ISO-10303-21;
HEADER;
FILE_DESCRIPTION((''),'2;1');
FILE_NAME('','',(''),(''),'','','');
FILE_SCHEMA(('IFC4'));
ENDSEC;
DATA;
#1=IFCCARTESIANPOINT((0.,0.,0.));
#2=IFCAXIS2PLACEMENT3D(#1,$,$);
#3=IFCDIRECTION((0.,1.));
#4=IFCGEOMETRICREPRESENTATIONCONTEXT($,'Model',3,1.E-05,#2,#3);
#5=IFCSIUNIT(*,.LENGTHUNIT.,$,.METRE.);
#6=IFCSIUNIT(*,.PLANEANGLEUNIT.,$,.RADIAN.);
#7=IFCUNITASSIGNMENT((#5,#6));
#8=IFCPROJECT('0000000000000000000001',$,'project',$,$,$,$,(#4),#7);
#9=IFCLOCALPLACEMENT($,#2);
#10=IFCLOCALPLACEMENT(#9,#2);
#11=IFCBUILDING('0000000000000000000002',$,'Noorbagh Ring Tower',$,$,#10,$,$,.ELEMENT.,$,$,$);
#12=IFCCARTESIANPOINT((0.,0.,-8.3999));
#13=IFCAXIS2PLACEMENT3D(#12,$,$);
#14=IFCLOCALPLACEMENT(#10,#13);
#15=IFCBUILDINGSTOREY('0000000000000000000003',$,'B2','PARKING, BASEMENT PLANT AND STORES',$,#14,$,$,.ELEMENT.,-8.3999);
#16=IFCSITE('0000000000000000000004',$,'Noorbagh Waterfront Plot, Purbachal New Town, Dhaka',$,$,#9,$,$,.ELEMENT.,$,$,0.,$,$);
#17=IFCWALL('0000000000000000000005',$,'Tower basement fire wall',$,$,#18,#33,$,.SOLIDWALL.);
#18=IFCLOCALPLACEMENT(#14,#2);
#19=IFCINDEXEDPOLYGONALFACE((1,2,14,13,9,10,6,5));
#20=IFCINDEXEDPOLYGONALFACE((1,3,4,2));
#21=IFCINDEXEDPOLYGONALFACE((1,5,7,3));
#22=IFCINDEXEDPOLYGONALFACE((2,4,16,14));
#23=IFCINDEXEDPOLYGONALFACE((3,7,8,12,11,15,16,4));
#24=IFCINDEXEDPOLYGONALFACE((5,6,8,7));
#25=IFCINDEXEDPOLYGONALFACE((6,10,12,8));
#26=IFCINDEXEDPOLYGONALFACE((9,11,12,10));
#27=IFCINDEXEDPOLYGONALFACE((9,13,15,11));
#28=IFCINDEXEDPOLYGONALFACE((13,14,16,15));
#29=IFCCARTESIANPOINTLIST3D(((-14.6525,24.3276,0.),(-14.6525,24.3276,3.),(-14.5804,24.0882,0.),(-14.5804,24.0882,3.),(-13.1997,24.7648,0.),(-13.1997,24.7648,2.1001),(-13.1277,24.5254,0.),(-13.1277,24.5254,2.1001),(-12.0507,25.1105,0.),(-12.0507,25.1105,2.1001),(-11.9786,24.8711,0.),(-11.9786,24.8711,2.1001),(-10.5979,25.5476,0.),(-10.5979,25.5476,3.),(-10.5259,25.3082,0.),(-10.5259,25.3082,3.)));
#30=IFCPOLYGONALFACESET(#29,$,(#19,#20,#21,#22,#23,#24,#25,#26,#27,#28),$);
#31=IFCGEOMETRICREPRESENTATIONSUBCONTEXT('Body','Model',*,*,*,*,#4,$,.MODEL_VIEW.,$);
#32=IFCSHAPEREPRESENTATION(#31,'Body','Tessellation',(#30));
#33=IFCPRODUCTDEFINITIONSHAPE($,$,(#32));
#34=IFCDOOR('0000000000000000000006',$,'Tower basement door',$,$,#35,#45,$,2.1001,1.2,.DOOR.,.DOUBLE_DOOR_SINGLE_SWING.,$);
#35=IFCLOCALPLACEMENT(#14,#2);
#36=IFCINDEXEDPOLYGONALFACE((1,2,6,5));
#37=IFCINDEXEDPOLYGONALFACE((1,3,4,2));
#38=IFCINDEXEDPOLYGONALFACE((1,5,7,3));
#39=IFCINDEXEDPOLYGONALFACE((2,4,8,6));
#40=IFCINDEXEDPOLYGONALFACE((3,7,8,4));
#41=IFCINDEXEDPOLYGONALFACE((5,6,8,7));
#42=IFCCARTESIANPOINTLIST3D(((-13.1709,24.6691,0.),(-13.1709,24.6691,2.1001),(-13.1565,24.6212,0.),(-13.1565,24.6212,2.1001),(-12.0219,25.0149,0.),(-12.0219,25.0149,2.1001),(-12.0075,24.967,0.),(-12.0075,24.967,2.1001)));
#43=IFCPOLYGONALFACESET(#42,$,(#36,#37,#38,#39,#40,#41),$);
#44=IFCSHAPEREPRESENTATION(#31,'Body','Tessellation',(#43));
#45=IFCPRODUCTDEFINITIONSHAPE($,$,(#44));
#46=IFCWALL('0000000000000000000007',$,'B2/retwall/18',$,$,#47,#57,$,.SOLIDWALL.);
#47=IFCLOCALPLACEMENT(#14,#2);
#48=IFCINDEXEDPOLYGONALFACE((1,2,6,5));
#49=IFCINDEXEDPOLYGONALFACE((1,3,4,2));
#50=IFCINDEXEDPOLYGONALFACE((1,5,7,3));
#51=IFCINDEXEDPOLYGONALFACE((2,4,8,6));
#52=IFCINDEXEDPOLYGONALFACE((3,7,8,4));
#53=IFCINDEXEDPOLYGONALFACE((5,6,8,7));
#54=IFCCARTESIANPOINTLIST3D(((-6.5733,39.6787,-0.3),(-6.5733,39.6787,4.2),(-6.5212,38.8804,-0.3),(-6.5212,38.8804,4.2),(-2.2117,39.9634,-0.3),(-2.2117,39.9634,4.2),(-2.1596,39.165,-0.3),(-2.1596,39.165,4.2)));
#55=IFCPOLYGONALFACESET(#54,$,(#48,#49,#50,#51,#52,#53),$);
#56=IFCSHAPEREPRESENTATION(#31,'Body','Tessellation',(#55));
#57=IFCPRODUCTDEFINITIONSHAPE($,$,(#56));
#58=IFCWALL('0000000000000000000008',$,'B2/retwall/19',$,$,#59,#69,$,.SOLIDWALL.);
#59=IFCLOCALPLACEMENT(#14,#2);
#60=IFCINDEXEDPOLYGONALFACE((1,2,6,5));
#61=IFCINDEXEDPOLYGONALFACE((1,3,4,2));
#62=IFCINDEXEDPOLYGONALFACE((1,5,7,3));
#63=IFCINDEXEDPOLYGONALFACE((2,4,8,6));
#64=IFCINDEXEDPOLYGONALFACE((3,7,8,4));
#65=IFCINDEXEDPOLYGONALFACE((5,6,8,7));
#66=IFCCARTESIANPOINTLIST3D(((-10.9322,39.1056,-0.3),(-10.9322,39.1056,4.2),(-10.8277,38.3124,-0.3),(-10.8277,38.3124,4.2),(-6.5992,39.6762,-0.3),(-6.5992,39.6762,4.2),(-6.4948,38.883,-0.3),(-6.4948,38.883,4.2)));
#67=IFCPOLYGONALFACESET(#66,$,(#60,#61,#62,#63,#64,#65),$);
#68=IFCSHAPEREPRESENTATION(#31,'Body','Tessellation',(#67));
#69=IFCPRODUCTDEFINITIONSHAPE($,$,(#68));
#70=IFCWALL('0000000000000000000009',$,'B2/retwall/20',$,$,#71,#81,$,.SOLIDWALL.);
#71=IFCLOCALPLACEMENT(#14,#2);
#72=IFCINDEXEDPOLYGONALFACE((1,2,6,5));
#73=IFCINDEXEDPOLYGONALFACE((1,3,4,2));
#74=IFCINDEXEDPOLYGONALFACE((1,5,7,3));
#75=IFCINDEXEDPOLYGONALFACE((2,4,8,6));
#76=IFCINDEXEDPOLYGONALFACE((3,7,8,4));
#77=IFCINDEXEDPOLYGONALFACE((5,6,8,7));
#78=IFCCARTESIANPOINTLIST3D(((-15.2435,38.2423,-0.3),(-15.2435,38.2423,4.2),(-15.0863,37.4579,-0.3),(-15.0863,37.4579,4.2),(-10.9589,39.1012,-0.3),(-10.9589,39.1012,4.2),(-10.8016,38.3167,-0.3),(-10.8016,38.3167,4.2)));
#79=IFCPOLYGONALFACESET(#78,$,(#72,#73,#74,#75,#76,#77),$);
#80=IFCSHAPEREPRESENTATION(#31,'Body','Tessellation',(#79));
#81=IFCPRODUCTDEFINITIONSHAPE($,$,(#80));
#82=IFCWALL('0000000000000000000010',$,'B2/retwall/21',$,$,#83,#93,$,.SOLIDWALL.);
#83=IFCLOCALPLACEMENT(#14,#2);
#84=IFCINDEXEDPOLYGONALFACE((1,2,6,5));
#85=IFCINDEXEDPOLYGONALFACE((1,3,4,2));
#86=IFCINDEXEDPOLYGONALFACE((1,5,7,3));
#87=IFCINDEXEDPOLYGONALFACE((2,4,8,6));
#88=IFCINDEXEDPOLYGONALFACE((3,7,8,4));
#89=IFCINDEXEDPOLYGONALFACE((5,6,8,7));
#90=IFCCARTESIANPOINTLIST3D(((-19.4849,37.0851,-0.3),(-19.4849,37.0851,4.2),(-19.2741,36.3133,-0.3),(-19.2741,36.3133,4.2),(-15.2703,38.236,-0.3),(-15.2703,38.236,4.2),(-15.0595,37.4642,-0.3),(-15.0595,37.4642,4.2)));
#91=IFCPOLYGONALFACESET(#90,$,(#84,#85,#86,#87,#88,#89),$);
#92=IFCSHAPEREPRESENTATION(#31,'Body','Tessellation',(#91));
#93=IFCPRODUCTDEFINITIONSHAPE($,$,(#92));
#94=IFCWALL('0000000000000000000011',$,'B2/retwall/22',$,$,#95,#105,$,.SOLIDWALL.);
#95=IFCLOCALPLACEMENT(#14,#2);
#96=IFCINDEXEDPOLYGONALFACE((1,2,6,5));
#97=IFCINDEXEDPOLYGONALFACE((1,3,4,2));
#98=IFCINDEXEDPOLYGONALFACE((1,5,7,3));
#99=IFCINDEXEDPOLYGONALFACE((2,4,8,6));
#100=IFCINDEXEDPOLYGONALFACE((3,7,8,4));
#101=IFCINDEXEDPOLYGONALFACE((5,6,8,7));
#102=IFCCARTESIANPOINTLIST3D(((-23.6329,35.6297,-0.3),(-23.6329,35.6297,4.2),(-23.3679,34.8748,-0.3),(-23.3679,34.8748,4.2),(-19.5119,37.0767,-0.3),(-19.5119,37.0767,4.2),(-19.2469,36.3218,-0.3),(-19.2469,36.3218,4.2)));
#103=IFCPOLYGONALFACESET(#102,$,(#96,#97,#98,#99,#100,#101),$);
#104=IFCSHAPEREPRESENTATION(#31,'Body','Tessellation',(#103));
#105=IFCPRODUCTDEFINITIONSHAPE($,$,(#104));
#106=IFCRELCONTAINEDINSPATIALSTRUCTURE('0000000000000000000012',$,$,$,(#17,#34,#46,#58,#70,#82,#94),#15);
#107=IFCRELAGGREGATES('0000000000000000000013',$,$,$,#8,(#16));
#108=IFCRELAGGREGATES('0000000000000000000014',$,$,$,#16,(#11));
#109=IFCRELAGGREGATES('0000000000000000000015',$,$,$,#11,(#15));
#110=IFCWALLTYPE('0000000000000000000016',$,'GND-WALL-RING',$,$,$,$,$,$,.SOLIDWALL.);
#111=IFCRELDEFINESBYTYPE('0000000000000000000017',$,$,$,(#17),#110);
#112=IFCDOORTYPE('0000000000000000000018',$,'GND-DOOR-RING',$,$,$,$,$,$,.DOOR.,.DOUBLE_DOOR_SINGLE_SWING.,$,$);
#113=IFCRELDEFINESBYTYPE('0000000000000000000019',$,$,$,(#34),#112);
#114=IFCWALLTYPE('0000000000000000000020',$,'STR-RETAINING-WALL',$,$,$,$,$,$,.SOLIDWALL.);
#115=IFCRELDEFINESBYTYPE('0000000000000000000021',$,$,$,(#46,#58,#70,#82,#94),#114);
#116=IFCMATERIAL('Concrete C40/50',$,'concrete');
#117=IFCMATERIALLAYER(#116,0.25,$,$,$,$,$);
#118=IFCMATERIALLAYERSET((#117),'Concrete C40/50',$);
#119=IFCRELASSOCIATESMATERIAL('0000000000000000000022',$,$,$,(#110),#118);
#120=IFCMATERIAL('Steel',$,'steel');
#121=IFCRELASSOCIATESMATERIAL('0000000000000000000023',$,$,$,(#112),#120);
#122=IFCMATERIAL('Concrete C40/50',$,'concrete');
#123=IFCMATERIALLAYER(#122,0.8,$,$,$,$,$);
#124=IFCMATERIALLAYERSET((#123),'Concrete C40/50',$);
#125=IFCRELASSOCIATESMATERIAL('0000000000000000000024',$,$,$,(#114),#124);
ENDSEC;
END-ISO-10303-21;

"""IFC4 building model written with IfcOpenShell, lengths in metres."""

from ifc_helpers import new_model, si_unit, direction, frame, frame_2d, origin, place, context, subcontext, project, spatial, rectangle, extrude, material, layer, layer_set, type_object, element, fill, save


model = new_model("IFC4")

# Units and contexts
model_context = context("Model", 3, precision=1e-05, world=origin(), true_north=direction((0.0, 1.0)))
body_context = subcontext(model_context, "Body", "Model", "MODEL_VIEW")
ifc_project = project(units=[si_unit("LENGTHUNIT", "METRE"), si_unit("PLANEANGLEUNIT", "RADIAN")], contexts=[model_context])

# Site, building, storey
site_placement = place(None, origin())
site = spatial("IfcSite", under=ifc_project, at=site_placement, Name="Noorbagh Waterfront Plot, Purbachal New Town, Dhaka", CompositionType="ELEMENT", RefElevation=0.0)
building_placement = place(site_placement, origin())
building = spatial("IfcBuilding", under=site, at=building_placement, Name="Noorbagh Ring Tower", CompositionType="ELEMENT")
storey_placement = place(building_placement, frame((0.0, 0.0, -8.3999)))
storey = spatial("IfcBuildingStorey", under=building, at=storey_placement, Name="B2", Description="PARKING, BASEMENT PLANT AND STORES", CompositionType="ELEMENT", Elevation=-8.3999)

# Shared definitions
ifc_material_1 = material(Name="Concrete C40/50", Category="concrete")
ifc_layer_1 = layer(ifc_material_1, 0.25)
ifc_layer_set_1 = layer_set([ifc_layer_1], Name="Concrete C40/50")
wall_type_1 = type_object("IfcWallType", Name="GND-WALL-RING", PredefinedType="SOLIDWALL", material=ifc_layer_set_1)

# Wall, opening, door
wall_1_placement = place(storey_placement, frame((-10.5618, 25.428, 0.0), z_axis=(0.0, 0.0, 1.0), x_axis=(-0.957589, -0.288136, 0.0)))
wall_1 = element("IfcWall", 1, at=wall_1_placement, inside=storey, type_object=wall_type_1, Name="Tower basement fire wall", PredefinedType="SOLIDWALL", context=body_context, shape_type="SweptSolid", body=[
    extrude(rectangle(XDim=4.2341, YDim=0.25, at=frame_2d((2.1172, 0.0))), origin(), (0.0, 0.0, 1.0), 3.0),
])
opening_placement = place(wall_1_placement, frame((1.5171, 0.0, 0.0)))
opening = element("IfcOpeningElement", 2, at=opening_placement, cuts=wall_1, PredefinedType="OPENING", context=body_context, shape_type="SweptSolid", body=[
    extrude(rectangle(XDim=1.2, YDim=2.1001, at=frame_2d((0.6001, 1.05))), frame((0.0, 0.135, 0.0), z_axis=(0.0, -1.0, 0.0), x_axis=(1.0, 0.0, 0.0)), (0.0, 0.0, 1.0), 0.27),
])
ifc_material_2 = material(Name="Steel", Category="steel")
door_type = type_object("IfcDoorType", Name="GND-DOOR-RING", OperationType="DOUBLE_DOOR_SINGLE_SWING", PredefinedType="DOOR", material=ifc_material_2)
door_placement = place(opening_placement, origin())
door = element("IfcDoor", 3, at=door_placement, inside=storey, type_object=door_type, Name="Tower basement door", OperationType="DOUBLE_DOOR_SINGLE_SWING", OverallHeight=2.1001, OverallWidth=1.2, PredefinedType="DOOR", context=body_context, shape_type="SweptSolid", body=[
    extrude(rectangle(XDim=1.2, YDim=2.1001, at=frame_2d((0.6001, 1.05))), frame((0.0, 0.0249, 0.0), z_axis=(0.0, -1.0, 0.0), x_axis=(1.0, 0.0, 0.0)), (0.0, 0.0, 1.0), 0.05),
])
fill(opening, door)

# Walls
ifc_material_3 = material(Name="Concrete C40/50", Category="concrete")
ifc_layer_2 = layer(ifc_material_3, 0.8)
ifc_layer_set_2 = layer_set([ifc_layer_2], Name="Concrete C40/50")
wall_type_2 = type_object("IfcWallType", Name="STR-RETAINING-WALL", PredefinedType="SOLIDWALL", material=ifc_layer_set_2)
wall_2_placement = place(storey_placement, frame((-2.1855, 39.5642, -0.3), z_axis=(0.0, 0.0, 1.0), x_axis=(-0.997877, -0.065129, 0.0)))
element("IfcWall", 4, at=wall_2_placement, inside=storey, type_object=wall_type_2, Name="B2/retwall/18", PredefinedType="SOLIDWALL", context=body_context, shape_type="SweptSolid", body=[
    extrude(rectangle(XDim=4.3708, YDim=0.8, at=frame_2d((2.1855, 0.0))), origin(), (0.0, 0.0, 1.0), 4.5),
])
wall_3_placement = place(storey_placement, frame((-6.5471, 39.2795, -0.3), z_axis=(0.0, 0.0, 1.0), x_axis=(-0.991442, -0.13055, 0.0)))
element("IfcWall", 5, at=wall_3_placement, inside=storey, type_object=wall_type_2, Name="B2/retwall/19", PredefinedType="SOLIDWALL", context=body_context, shape_type="SweptSolid", body=[
    extrude(rectangle(XDim=4.3704, YDim=0.8, at=frame_2d((2.1851, 0.0))), origin(), (0.0, 0.0, 1.0), 4.5),
])
wall_4_placement = place(storey_placement, frame((-10.8801, 38.709, -0.3), z_axis=(0.0, 0.0, 1.0), x_axis=(-0.980495, -0.196546, 0.0)))
element("IfcWall", 6, at=wall_4_placement, inside=storey, type_object=wall_type_2, Name="B2/retwall/20", PredefinedType="SOLIDWALL", context=body_context, shape_type="SweptSolid", body=[
    extrude(rectangle(XDim=4.3699, YDim=0.8, at=frame_2d((2.1851, 0.0))), origin(), (0.0, 0.0, 1.0), 4.5),
])
wall_5_placement = place(storey_placement, frame((-15.1648, 37.8501, -0.3), z_axis=(0.0, 0.0, 1.0), x_axis=(-0.96468, -0.263425, 0.0)))
element("IfcWall", 7, at=wall_5_placement, inside=storey, type_object=wall_type_2, Name="B2/retwall/21", PredefinedType="SOLIDWALL", context=body_context, shape_type="SweptSolid", body=[
    extrude(rectangle(XDim=4.3689, YDim=0.8, at=frame_2d((2.1846, 0.0))), origin(), (0.0, 0.0, 1.0), 4.5),
])
wall_6_placement = place(storey_placement, frame((-19.3794, 36.6992, -0.3), z_axis=(0.0, 0.0, 1.0), x_axis=(-0.943527, -0.331296, 0.0)))
element("IfcWall", 8, at=wall_6_placement, inside=storey, type_object=wall_type_2, Name="B2/retwall/22", PredefinedType="SOLIDWALL", context=body_context, shape_type="SweptSolid", body=[
    extrude(rectangle(XDim=4.3677, YDim=0.8, at=frame_2d((2.1838, 0.0))), origin(), (0.0, 0.0, 1.0), 4.5),
])

save(model, "model.ifc")
